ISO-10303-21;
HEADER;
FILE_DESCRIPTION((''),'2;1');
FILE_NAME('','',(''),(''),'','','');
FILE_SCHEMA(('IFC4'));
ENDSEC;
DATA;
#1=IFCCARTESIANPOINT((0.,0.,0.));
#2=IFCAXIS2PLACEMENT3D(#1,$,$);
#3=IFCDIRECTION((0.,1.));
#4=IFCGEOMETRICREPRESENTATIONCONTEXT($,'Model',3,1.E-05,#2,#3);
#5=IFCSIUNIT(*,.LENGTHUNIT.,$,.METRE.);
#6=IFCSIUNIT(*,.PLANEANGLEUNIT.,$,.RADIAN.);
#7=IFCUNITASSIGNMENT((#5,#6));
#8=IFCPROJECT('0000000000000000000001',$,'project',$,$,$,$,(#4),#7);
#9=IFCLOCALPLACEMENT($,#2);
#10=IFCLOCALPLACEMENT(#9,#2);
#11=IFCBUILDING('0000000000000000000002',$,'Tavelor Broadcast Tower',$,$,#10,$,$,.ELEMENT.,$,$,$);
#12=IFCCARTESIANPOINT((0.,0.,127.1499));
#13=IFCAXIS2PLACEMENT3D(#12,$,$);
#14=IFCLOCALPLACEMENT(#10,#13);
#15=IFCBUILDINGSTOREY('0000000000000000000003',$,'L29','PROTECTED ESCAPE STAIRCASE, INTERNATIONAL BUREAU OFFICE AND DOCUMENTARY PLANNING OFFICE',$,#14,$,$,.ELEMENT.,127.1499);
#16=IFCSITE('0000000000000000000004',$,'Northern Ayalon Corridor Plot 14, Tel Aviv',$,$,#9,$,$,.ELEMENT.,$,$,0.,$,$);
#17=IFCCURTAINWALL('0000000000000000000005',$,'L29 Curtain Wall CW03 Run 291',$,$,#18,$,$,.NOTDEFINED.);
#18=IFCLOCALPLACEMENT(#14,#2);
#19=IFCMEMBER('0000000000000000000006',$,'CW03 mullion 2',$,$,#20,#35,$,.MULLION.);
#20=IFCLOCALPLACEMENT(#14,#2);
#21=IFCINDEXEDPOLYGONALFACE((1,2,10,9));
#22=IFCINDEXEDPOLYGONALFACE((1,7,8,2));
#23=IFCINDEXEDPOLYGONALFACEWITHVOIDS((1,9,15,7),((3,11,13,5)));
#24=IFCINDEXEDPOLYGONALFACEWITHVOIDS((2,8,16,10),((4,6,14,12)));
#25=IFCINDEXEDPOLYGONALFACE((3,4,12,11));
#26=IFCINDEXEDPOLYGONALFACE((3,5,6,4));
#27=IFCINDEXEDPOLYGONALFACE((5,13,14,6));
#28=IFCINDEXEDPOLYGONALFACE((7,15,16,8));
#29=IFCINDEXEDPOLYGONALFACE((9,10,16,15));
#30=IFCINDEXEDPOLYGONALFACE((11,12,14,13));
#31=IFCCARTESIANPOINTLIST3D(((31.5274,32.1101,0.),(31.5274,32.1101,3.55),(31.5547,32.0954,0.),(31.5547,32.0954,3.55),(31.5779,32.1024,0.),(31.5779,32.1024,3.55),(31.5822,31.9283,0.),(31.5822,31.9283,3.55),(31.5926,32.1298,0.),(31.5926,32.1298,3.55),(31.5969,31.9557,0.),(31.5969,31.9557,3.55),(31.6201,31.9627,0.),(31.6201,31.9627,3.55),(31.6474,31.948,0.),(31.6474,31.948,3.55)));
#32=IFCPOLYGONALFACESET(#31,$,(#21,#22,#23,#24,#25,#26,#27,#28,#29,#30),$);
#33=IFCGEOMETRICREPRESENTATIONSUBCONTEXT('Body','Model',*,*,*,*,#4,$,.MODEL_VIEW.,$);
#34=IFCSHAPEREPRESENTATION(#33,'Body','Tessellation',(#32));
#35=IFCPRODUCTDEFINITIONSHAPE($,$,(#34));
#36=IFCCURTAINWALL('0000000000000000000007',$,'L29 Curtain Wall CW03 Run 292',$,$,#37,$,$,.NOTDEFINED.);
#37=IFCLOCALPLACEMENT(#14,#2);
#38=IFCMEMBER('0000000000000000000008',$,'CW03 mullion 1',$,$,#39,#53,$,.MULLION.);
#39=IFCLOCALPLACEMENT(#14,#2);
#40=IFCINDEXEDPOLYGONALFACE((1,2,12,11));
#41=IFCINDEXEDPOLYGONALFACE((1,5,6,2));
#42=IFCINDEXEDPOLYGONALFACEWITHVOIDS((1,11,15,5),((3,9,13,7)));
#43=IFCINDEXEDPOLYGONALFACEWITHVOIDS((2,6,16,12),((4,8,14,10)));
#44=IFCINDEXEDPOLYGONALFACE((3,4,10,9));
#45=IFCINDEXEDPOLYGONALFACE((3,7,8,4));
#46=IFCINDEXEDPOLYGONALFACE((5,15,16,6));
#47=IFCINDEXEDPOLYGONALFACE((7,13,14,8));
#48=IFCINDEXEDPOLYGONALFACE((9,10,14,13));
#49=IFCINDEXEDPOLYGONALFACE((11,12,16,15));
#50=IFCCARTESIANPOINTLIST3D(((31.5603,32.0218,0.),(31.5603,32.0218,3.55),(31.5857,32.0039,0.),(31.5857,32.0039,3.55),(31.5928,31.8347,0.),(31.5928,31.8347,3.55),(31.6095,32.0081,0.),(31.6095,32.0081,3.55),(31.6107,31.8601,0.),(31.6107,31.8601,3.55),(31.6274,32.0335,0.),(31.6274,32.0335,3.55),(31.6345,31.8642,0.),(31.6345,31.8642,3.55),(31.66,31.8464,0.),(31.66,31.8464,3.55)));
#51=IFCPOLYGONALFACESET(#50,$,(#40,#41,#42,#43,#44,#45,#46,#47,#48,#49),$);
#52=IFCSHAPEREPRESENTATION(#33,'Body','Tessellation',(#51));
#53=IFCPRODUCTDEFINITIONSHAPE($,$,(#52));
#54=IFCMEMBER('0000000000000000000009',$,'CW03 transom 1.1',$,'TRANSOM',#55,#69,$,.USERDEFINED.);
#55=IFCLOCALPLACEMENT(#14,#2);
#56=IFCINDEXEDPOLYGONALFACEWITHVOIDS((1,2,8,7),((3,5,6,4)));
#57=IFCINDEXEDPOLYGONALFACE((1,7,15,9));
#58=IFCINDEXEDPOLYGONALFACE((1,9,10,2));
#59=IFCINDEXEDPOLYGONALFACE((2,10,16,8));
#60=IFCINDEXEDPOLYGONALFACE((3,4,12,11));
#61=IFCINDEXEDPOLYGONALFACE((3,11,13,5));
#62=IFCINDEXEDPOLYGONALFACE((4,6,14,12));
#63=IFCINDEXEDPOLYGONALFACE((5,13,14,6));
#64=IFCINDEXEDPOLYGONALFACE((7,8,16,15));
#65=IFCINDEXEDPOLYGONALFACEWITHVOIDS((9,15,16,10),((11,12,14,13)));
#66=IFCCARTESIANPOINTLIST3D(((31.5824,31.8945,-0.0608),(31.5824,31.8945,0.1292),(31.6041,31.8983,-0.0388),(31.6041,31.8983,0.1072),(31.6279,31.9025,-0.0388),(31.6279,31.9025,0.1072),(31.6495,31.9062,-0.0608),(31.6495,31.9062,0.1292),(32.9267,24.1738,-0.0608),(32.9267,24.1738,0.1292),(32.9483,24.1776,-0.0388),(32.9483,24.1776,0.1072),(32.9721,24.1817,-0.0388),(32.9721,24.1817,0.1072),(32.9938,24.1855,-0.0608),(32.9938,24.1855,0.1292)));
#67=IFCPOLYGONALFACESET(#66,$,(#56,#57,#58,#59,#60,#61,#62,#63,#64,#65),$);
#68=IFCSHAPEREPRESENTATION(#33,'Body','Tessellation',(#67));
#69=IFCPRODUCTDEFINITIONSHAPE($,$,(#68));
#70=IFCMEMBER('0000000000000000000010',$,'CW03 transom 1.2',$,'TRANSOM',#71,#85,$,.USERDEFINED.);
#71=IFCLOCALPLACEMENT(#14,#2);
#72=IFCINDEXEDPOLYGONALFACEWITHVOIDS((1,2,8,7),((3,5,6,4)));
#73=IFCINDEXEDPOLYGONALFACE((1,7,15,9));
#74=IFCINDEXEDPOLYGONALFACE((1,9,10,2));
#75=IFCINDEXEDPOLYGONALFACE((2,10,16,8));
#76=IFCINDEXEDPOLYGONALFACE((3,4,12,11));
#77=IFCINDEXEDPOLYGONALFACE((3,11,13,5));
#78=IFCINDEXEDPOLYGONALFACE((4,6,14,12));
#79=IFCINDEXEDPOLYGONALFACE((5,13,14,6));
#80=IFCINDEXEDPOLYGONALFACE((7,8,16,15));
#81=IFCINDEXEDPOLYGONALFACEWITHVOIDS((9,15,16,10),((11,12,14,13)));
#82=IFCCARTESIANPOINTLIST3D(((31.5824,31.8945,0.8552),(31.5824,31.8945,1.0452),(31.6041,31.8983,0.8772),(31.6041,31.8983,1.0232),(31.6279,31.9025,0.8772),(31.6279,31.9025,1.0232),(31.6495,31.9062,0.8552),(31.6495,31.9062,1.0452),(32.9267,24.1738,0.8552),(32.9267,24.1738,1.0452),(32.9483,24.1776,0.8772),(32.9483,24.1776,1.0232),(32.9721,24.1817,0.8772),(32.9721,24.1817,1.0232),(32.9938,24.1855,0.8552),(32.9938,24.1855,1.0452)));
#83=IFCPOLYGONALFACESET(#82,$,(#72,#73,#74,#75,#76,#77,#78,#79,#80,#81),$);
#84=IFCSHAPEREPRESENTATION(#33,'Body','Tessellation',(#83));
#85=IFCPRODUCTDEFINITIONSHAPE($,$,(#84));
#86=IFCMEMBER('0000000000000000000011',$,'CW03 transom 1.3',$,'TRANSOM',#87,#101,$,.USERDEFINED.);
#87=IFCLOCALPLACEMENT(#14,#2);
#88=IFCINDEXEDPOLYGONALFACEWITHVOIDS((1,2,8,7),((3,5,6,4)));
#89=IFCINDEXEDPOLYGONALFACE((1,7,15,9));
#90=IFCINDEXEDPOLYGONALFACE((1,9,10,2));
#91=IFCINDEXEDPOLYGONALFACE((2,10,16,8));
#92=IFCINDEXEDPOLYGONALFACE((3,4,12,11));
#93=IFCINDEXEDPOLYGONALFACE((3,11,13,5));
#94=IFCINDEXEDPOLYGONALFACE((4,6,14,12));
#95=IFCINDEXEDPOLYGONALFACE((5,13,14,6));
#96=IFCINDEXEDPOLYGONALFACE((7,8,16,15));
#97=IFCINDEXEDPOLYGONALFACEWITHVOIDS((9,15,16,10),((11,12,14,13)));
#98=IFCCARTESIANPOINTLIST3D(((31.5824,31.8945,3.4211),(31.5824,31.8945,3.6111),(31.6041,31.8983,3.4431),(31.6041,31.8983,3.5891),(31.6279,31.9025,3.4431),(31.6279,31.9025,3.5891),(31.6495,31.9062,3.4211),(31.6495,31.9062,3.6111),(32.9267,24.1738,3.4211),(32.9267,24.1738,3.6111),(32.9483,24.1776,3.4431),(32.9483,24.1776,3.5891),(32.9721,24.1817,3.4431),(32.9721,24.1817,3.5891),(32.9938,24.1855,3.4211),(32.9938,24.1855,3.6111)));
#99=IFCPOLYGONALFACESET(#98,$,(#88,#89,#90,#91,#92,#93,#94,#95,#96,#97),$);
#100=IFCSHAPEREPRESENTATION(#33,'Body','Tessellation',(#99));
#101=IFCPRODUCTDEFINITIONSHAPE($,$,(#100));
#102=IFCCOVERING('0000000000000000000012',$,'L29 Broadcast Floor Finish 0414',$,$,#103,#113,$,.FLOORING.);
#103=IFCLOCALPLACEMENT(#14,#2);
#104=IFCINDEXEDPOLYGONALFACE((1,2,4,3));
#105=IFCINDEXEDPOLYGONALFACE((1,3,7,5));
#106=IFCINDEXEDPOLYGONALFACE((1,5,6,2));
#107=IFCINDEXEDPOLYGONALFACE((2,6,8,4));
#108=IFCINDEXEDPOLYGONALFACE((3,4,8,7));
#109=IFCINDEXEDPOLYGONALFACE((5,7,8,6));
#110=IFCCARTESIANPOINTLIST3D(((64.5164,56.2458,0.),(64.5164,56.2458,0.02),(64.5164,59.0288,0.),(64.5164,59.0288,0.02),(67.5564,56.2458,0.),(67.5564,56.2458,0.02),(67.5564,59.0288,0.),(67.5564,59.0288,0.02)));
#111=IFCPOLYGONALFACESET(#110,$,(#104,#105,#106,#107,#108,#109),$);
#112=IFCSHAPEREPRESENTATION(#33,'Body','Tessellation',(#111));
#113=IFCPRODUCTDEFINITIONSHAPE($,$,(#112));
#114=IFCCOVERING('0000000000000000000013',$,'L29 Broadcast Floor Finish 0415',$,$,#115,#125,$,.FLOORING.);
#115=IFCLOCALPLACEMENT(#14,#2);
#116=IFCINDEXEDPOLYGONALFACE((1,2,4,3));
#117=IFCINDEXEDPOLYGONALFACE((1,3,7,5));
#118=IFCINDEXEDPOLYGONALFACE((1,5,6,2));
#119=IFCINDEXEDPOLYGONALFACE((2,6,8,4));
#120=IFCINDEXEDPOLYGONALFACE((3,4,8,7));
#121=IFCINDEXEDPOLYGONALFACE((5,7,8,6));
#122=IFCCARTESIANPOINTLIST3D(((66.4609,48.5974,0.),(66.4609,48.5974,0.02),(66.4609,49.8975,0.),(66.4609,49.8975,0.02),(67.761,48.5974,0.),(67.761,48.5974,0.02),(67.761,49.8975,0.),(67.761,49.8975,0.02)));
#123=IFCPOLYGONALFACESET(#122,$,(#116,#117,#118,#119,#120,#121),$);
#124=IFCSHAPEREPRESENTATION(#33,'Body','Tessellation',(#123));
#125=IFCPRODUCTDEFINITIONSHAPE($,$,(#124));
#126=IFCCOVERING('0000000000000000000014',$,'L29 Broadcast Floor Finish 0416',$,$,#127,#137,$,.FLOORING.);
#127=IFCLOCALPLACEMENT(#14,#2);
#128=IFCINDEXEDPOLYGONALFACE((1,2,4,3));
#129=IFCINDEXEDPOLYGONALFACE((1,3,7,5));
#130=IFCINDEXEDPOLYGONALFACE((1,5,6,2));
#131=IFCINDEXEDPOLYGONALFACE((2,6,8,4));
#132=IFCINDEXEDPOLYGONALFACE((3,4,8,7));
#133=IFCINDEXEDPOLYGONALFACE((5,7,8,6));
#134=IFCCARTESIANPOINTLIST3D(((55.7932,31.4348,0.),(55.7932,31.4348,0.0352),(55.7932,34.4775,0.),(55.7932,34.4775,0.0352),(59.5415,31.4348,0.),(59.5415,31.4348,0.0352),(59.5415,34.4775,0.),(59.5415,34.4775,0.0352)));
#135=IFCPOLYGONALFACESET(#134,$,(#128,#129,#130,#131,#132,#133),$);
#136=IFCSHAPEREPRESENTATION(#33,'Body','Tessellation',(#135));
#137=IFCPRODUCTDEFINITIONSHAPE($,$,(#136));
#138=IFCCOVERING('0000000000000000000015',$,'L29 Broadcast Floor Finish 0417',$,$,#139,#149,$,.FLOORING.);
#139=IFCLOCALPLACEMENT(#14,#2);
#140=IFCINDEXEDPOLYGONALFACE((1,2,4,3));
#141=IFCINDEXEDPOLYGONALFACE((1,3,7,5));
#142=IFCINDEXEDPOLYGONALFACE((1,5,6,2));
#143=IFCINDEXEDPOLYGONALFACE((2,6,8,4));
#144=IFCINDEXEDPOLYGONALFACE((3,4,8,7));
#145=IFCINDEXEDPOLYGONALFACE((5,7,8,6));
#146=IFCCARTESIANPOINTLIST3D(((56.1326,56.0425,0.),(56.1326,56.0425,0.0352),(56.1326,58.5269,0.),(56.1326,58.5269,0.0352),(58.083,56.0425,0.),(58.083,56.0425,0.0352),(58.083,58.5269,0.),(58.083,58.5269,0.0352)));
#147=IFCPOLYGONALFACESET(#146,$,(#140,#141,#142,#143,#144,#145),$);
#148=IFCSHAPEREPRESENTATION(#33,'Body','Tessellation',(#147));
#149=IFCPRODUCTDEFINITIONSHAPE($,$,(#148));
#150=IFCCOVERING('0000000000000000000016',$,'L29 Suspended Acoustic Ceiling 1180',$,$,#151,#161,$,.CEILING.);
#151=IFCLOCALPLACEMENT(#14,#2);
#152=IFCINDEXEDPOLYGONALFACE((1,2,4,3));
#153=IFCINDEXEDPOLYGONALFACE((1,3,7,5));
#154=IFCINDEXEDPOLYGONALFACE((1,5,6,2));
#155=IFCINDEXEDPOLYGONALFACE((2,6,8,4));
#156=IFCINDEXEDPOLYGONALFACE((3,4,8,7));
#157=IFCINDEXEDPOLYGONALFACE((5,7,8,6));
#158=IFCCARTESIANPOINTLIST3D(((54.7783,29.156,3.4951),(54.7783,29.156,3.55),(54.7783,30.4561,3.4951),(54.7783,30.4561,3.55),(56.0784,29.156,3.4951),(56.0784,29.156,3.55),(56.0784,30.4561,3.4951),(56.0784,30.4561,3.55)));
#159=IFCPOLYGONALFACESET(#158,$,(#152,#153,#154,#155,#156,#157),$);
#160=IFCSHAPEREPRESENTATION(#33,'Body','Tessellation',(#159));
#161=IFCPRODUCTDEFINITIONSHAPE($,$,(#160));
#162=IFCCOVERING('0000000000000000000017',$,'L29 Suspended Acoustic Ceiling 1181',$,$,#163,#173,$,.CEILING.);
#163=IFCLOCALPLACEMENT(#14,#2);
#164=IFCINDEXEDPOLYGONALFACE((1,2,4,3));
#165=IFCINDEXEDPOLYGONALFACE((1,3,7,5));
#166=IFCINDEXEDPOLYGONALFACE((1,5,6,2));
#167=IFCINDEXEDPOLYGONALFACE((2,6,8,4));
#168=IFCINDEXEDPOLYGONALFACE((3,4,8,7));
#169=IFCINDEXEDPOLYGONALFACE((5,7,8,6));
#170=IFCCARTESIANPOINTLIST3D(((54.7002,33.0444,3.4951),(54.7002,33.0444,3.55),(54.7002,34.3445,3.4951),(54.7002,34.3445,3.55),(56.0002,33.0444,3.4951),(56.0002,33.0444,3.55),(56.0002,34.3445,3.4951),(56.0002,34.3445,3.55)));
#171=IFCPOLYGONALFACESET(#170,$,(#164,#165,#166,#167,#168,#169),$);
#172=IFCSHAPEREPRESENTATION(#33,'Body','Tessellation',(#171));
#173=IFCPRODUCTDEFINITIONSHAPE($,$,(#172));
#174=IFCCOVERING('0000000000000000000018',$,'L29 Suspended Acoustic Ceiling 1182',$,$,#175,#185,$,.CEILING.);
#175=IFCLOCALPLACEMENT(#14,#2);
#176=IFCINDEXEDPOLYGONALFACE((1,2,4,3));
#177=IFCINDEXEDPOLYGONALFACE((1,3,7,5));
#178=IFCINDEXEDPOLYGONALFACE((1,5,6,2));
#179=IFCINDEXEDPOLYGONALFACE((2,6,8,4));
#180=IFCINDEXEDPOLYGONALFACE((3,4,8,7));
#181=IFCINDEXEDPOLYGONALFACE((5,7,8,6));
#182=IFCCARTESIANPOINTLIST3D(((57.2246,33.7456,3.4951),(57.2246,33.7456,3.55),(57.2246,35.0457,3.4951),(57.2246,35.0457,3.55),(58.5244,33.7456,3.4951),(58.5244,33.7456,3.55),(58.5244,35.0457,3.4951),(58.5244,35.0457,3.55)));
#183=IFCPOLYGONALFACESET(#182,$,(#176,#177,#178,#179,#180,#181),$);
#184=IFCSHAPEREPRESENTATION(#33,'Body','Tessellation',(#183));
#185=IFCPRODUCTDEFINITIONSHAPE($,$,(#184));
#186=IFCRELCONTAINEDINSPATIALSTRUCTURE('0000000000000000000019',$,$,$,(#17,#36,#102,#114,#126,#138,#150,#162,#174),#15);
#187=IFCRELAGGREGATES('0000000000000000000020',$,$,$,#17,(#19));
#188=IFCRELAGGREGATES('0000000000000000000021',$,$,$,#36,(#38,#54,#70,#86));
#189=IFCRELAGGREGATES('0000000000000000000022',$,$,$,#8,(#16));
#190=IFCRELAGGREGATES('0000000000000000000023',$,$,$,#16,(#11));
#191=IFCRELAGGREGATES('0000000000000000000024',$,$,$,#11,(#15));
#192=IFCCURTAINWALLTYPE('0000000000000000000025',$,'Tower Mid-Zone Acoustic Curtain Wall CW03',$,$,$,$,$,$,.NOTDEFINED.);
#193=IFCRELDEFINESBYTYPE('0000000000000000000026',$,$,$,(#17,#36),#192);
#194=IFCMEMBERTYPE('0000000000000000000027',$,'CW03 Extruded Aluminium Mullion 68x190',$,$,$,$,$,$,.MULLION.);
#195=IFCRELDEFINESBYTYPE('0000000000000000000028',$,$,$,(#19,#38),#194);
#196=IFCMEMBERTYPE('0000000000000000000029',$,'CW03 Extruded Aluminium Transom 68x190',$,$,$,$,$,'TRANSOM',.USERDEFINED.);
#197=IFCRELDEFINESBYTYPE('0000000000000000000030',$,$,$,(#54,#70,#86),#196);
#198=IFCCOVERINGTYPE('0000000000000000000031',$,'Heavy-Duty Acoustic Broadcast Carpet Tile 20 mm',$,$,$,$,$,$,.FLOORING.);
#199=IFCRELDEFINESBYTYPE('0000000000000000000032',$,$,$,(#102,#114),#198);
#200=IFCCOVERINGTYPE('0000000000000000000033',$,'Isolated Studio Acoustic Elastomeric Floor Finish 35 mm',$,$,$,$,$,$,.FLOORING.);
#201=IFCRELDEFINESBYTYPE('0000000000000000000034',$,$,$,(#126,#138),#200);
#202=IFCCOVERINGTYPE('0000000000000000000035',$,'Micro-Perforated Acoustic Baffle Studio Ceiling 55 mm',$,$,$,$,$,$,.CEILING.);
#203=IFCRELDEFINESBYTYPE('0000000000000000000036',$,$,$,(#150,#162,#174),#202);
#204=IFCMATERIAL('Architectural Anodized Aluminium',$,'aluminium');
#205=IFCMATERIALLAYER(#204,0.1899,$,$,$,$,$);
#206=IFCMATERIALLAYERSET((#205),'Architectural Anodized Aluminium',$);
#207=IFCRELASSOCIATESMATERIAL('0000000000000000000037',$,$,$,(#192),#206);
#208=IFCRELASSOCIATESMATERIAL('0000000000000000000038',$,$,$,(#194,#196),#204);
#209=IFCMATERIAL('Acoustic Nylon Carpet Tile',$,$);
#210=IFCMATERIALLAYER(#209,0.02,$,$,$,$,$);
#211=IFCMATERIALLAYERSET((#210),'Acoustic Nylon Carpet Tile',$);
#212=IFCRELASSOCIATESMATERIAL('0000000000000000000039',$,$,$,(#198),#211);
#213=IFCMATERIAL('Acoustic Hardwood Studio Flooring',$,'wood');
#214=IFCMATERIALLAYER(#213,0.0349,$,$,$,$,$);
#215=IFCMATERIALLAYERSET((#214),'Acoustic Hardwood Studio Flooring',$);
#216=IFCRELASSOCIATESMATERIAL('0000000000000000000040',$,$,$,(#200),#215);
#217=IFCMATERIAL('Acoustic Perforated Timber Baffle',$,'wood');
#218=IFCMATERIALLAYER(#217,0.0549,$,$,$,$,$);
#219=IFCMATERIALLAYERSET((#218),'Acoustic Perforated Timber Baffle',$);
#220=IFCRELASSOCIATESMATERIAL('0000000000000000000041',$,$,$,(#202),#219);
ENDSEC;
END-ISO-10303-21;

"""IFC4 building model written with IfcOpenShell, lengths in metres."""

from ifc_helpers import new_model, si_unit, direction, frame, origin, origin_2d, place, context, subcontext, project, spatial, polyline, hollow_rectangle, outline, extrude, source, transform, mapped, material, layer, layer_set, material_profile, profile_set, type_object, type_shapes, element, aggregate, save


model = new_model("IFC4")

# Units and contexts
model_context = context("Model", 3, precision=1e-05, world=origin(), true_north=direction((0.0, 1.0)))
body_context = subcontext(model_context, "Body", "Model", "MODEL_VIEW")
ifc_project = project(units=[si_unit("LENGTHUNIT", "METRE"), si_unit("PLANEANGLEUNIT", "RADIAN")], contexts=[model_context])

# Site, building, storey
site_placement = place(None, origin())
site = spatial("IfcSite", under=ifc_project, at=site_placement, Name="Northern Ayalon Corridor Plot 14, Tel Aviv", CompositionType="ELEMENT", RefElevation=0.0)
building_placement = place(site_placement, origin())
building = spatial("IfcBuilding", under=site, at=building_placement, Name="Tavelor Broadcast Tower", CompositionType="ELEMENT")
storey_placement = place(building_placement, frame((0.0, 0.0, 127.1499)))
storey = spatial("IfcBuildingStorey", under=building, at=storey_placement, Name="L29", Description="PROTECTED ESCAPE STAIRCASE, INTERNATIONAL BUREAU OFFICE AND DOCUMENTARY PLANNING OFFICE", CompositionType="ELEMENT", Elevation=127.1499)

# Curtain wall, member
ifc_material_1 = material(Name="Architectural Anodized Aluminium", Category="aluminium")
ifc_layer_1 = layer(ifc_material_1, 0.1899)
ifc_layer_set_1 = layer_set([ifc_layer_1], Name="Architectural Anodized Aluminium")
curtain_wall_type = type_object("IfcCurtainWallType", Name="Tower Mid-Zone Acoustic Curtain Wall CW03", PredefinedType="NOTDEFINED", material=ifc_layer_set_1)
curtain_wall_1_placement = place(storey_placement, origin())
curtain_wall_1 = element("IfcCurtainWall", 1, at=curtain_wall_1_placement, inside=storey, type_object=curtain_wall_type, Name="L29 Curtain Wall CW03 Run 291", PredefinedType="NOTDEFINED")
ifc_material_profile_1 = material_profile(ifc_material_1, hollow_rectangle(XDim=0.0681, YDim=0.1899, WallThickness=0.022, at=origin_2d()), Name="RHS 68x190x22")
ifc_profile_set_1 = profile_set([ifc_material_profile_1], Name="Architectural Anodized Aluminium")
member_type_1 = type_object("IfcMemberType", Name="CW03 Extruded Aluminium Mullion 68x190", PredefinedType="MULLION", material=ifc_profile_set_1)
shared_shape_1 = source(origin(), body_context, "Body", "SweptSolid", [
    extrude(hollow_rectangle(XDim=0.0681, YDim=0.1899, WallThickness=0.022, at=origin_2d()), origin(), (0.0, 0.0, 1.0), 3.55),
])
type_shapes(member_type_1, [shared_shape_1])
member_1_placement = place(storey_placement, frame((31.5874, 32.0291, 0.0), z_axis=(0.0, 0.0, 1.0), x_axis=(0.957365, 0.28888, 0.0)))
member_1 = element("IfcMember", 2, at=member_1_placement, type_object=member_type_1, Name="CW03 mullion 2", PredefinedType="MULLION", context=body_context, shape_type="MappedRepresentation", body=[
    mapped(shared_shape_1, transform((0.0, 0.0, 0.0), scale=1.0)),
])
aggregate(curtain_wall_1, [member_1])

# Curtain wall, members
curtain_wall_2_placement = place(storey_placement, origin())
curtain_wall_2 = element("IfcCurtainWall", 3, at=curtain_wall_2_placement, inside=storey, type_object=curtain_wall_type, Name="L29 Curtain Wall CW03 Run 292", PredefinedType="NOTDEFINED")
member_2_placement = place(storey_placement, frame((31.6101, 31.9341, 0.0), z_axis=(0.0, 0.0, 1.0), x_axis=(0.985179, 0.171527, 0.0)))
member_2 = element("IfcMember", 4, at=member_2_placement, type_object=member_type_1, Name="CW03 mullion 1", PredefinedType="MULLION", context=body_context, shape_type="MappedRepresentation", body=[
    mapped(shared_shape_1, transform((0.0, 0.0, 0.0), scale=1.0)),
])
ifc_material_profile_2 = material_profile(ifc_material_1, hollow_rectangle(XDim=0.0681, YDim=0.1899, WallThickness=0.022, at=origin_2d()), Name="RHS 68x190x22")
ifc_profile_set_2 = profile_set([ifc_material_profile_2], Name="Architectural Anodized Aluminium")
member_type_2 = type_object("IfcMemberType", Name="CW03 Extruded Aluminium Transom 68x190", ElementType="TRANSOM", PredefinedType="USERDEFINED", material=ifc_profile_set_2)
shared_shape_2 = source(origin(), body_context, "Body", "SweptSolid", [
    extrude(hollow_rectangle(XDim=0.0681, YDim=0.1899, WallThickness=0.022, at=origin_2d()), origin(), (0.0, 0.0, 1.0), 7.8369),
])
type_shapes(member_type_2, [shared_shape_2])
member_3_placement = place(storey_placement, frame((31.616, 31.9004, 0.0342), z_axis=(0.171528, -0.985179, 0.0), x_axis=(0.985179, 0.171528, 0.0)))
member_3 = element("IfcMember", 5, at=member_3_placement, type_object=member_type_2, Name="CW03 transom 1.1", ObjectType="TRANSOM", PredefinedType="USERDEFINED", context=body_context, shape_type="MappedRepresentation", body=[
    mapped(shared_shape_2, transform((0.0, 0.0, 0.0), scale=1.0)),
])
member_4_placement = place(storey_placement, frame((31.616, 31.9004, 0.9502), z_axis=(0.171528, -0.985179, 0.0), x_axis=(0.985179, 0.171528, 0.0)))
member_4 = element("IfcMember", 6, at=member_4_placement, type_object=member_type_2, Name="CW03 transom 1.2", ObjectType="TRANSOM", PredefinedType="USERDEFINED", context=body_context, shape_type="MappedRepresentation", body=[
    mapped(shared_shape_2, transform((0.0, 0.0, 0.0), scale=1.0)),
])
member_5_placement = place(storey_placement, frame((31.616, 31.9004, 3.5161), z_axis=(0.171528, -0.985179, 0.0), x_axis=(0.985179, 0.171528, 0.0)))
member_5 = element("IfcMember", 7, at=member_5_placement, type_object=member_type_2, Name="CW03 transom 1.3", ObjectType="TRANSOM", PredefinedType="USERDEFINED", context=body_context, shape_type="MappedRepresentation", body=[
    mapped(shared_shape_2, transform((0.0, 0.0, 0.0), scale=1.0)),
])
aggregate(curtain_wall_2, [member_2, member_3, member_4, member_5])

# Coverings
ifc_material_2 = material(Name="Acoustic Nylon Carpet Tile")
ifc_layer_2 = layer(ifc_material_2, 0.02)
ifc_layer_set_2 = layer_set([ifc_layer_2], Name="Acoustic Nylon Carpet Tile")
covering_type_1 = type_object("IfcCoveringType", Name="Heavy-Duty Acoustic Broadcast Carpet Tile 20 mm", PredefinedType="FLOORING", material=ifc_layer_set_2)
covering_1_placement = place(storey_placement, origin())
element("IfcCovering", 8, at=covering_1_placement, inside=storey, type_object=covering_type_1, Name="L29 Broadcast Floor Finish 0414", PredefinedType="FLOORING", context=body_context, shape_type="SweptSolid", body=[
    extrude(outline(polyline([(64.5164, 56.2458), (67.5564, 56.2458), (67.5564, 59.0288), (64.5164, 59.0288), (64.5164, 56.2458)])), origin(), (0.0, 0.0, 1.0), 0.02),
])
covering_2_placement = place(storey_placement, origin())
element("IfcCovering", 9, at=covering_2_placement, inside=storey, type_object=covering_type_1, Name="L29 Broadcast Floor Finish 0415", PredefinedType="FLOORING", context=body_context, shape_type="SweptSolid", body=[
    extrude(outline(polyline([(66.4609, 48.5974), (67.761, 48.5974), (67.761, 49.8975), (66.4609, 49.8975), (66.4609, 48.5974)])), origin(), (0.0, 0.0, 1.0), 0.02),
])
ifc_material_3 = material(Name="Acoustic Hardwood Studio Flooring", Category="wood")
ifc_layer_3 = layer(ifc_material_3, 0.0349)
ifc_layer_set_3 = layer_set([ifc_layer_3], Name="Acoustic Hardwood Studio Flooring")
covering_type_2 = type_object("IfcCoveringType", Name="Isolated Studio Acoustic Elastomeric Floor Finish 35 mm", PredefinedType="FLOORING", material=ifc_layer_set_3)
covering_3_placement = place(storey_placement, origin())
element("IfcCovering", 10, at=covering_3_placement, inside=storey, type_object=covering_type_2, Name="L29 Broadcast Floor Finish 0416", PredefinedType="FLOORING", context=body_context, shape_type="SweptSolid", body=[
    extrude(outline(polyline([(55.7932, 31.4348), (59.5415, 31.4348), (59.5415, 34.4775), (55.7932, 34.4775), (55.7932, 31.4348)])), origin(), (0.0, 0.0, 1.0), 0.0352),
])
covering_4_placement = place(storey_placement, origin())
element("IfcCovering", 11, at=covering_4_placement, inside=storey, type_object=covering_type_2, Name="L29 Broadcast Floor Finish 0417", PredefinedType="FLOORING", context=body_context, shape_type="SweptSolid", body=[
    extrude(outline(polyline([(56.1326, 56.0425), (58.083, 56.0425), (58.083, 58.5269), (56.1326, 58.5269), (56.1326, 56.0425)])), origin(), (0.0, 0.0, 1.0), 0.0352),
])
ifc_material_4 = material(Name="Acoustic Perforated Timber Baffle", Category="wood")
ifc_layer_4 = layer(ifc_material_4, 0.0549)
ifc_layer_set_4 = layer_set([ifc_layer_4], Name="Acoustic Perforated Timber Baffle")
covering_type_3 = type_object("IfcCoveringType", Name="Micro-Perforated Acoustic Baffle Studio Ceiling 55 mm", PredefinedType="CEILING", material=ifc_layer_set_4)
covering_5_placement = place(storey_placement, frame((0.0, 0.0, 3.4951)))
element("IfcCovering", 12, at=covering_5_placement, inside=storey, type_object=covering_type_3, Name="L29 Suspended Acoustic Ceiling 1180", PredefinedType="CEILING", context=body_context, shape_type="SweptSolid", body=[
    extrude(outline(polyline([(54.7783, 29.156), (56.0784, 29.156), (56.0784, 30.4561), (54.7783, 30.4561), (54.7783, 29.156)])), origin(), (0.0, 0.0, 1.0), 0.0549),
])
covering_6_placement = place(storey_placement, frame((0.0, 0.0, 3.4951)))
element("IfcCovering", 13, at=covering_6_placement, inside=storey, type_object=covering_type_3, Name="L29 Suspended Acoustic Ceiling 1181", PredefinedType="CEILING", context=body_context, shape_type="SweptSolid", body=[
    extrude(outline(polyline([(54.7002, 33.0444), (56.0002, 33.0444), (56.0002, 34.3445), (54.7002, 34.3445), (54.7002, 33.0444)])), origin(), (0.0, 0.0, 1.0), 0.0549),
])
covering_7_placement = place(storey_placement, frame((0.0, 0.0, 3.4951)))
element("IfcCovering", 14, at=covering_7_placement, inside=storey, type_object=covering_type_3, Name="L29 Suspended Acoustic Ceiling 1182", PredefinedType="CEILING", context=body_context, shape_type="SweptSolid", body=[
    extrude(outline(polyline([(57.2246, 33.7456), (58.5244, 33.7456), (58.5244, 35.0457), (57.2246, 35.0457), (57.2246, 33.7456)])), origin(), (0.0, 0.0, 1.0), 0.0549),
])

save(model, "model.ifc")
